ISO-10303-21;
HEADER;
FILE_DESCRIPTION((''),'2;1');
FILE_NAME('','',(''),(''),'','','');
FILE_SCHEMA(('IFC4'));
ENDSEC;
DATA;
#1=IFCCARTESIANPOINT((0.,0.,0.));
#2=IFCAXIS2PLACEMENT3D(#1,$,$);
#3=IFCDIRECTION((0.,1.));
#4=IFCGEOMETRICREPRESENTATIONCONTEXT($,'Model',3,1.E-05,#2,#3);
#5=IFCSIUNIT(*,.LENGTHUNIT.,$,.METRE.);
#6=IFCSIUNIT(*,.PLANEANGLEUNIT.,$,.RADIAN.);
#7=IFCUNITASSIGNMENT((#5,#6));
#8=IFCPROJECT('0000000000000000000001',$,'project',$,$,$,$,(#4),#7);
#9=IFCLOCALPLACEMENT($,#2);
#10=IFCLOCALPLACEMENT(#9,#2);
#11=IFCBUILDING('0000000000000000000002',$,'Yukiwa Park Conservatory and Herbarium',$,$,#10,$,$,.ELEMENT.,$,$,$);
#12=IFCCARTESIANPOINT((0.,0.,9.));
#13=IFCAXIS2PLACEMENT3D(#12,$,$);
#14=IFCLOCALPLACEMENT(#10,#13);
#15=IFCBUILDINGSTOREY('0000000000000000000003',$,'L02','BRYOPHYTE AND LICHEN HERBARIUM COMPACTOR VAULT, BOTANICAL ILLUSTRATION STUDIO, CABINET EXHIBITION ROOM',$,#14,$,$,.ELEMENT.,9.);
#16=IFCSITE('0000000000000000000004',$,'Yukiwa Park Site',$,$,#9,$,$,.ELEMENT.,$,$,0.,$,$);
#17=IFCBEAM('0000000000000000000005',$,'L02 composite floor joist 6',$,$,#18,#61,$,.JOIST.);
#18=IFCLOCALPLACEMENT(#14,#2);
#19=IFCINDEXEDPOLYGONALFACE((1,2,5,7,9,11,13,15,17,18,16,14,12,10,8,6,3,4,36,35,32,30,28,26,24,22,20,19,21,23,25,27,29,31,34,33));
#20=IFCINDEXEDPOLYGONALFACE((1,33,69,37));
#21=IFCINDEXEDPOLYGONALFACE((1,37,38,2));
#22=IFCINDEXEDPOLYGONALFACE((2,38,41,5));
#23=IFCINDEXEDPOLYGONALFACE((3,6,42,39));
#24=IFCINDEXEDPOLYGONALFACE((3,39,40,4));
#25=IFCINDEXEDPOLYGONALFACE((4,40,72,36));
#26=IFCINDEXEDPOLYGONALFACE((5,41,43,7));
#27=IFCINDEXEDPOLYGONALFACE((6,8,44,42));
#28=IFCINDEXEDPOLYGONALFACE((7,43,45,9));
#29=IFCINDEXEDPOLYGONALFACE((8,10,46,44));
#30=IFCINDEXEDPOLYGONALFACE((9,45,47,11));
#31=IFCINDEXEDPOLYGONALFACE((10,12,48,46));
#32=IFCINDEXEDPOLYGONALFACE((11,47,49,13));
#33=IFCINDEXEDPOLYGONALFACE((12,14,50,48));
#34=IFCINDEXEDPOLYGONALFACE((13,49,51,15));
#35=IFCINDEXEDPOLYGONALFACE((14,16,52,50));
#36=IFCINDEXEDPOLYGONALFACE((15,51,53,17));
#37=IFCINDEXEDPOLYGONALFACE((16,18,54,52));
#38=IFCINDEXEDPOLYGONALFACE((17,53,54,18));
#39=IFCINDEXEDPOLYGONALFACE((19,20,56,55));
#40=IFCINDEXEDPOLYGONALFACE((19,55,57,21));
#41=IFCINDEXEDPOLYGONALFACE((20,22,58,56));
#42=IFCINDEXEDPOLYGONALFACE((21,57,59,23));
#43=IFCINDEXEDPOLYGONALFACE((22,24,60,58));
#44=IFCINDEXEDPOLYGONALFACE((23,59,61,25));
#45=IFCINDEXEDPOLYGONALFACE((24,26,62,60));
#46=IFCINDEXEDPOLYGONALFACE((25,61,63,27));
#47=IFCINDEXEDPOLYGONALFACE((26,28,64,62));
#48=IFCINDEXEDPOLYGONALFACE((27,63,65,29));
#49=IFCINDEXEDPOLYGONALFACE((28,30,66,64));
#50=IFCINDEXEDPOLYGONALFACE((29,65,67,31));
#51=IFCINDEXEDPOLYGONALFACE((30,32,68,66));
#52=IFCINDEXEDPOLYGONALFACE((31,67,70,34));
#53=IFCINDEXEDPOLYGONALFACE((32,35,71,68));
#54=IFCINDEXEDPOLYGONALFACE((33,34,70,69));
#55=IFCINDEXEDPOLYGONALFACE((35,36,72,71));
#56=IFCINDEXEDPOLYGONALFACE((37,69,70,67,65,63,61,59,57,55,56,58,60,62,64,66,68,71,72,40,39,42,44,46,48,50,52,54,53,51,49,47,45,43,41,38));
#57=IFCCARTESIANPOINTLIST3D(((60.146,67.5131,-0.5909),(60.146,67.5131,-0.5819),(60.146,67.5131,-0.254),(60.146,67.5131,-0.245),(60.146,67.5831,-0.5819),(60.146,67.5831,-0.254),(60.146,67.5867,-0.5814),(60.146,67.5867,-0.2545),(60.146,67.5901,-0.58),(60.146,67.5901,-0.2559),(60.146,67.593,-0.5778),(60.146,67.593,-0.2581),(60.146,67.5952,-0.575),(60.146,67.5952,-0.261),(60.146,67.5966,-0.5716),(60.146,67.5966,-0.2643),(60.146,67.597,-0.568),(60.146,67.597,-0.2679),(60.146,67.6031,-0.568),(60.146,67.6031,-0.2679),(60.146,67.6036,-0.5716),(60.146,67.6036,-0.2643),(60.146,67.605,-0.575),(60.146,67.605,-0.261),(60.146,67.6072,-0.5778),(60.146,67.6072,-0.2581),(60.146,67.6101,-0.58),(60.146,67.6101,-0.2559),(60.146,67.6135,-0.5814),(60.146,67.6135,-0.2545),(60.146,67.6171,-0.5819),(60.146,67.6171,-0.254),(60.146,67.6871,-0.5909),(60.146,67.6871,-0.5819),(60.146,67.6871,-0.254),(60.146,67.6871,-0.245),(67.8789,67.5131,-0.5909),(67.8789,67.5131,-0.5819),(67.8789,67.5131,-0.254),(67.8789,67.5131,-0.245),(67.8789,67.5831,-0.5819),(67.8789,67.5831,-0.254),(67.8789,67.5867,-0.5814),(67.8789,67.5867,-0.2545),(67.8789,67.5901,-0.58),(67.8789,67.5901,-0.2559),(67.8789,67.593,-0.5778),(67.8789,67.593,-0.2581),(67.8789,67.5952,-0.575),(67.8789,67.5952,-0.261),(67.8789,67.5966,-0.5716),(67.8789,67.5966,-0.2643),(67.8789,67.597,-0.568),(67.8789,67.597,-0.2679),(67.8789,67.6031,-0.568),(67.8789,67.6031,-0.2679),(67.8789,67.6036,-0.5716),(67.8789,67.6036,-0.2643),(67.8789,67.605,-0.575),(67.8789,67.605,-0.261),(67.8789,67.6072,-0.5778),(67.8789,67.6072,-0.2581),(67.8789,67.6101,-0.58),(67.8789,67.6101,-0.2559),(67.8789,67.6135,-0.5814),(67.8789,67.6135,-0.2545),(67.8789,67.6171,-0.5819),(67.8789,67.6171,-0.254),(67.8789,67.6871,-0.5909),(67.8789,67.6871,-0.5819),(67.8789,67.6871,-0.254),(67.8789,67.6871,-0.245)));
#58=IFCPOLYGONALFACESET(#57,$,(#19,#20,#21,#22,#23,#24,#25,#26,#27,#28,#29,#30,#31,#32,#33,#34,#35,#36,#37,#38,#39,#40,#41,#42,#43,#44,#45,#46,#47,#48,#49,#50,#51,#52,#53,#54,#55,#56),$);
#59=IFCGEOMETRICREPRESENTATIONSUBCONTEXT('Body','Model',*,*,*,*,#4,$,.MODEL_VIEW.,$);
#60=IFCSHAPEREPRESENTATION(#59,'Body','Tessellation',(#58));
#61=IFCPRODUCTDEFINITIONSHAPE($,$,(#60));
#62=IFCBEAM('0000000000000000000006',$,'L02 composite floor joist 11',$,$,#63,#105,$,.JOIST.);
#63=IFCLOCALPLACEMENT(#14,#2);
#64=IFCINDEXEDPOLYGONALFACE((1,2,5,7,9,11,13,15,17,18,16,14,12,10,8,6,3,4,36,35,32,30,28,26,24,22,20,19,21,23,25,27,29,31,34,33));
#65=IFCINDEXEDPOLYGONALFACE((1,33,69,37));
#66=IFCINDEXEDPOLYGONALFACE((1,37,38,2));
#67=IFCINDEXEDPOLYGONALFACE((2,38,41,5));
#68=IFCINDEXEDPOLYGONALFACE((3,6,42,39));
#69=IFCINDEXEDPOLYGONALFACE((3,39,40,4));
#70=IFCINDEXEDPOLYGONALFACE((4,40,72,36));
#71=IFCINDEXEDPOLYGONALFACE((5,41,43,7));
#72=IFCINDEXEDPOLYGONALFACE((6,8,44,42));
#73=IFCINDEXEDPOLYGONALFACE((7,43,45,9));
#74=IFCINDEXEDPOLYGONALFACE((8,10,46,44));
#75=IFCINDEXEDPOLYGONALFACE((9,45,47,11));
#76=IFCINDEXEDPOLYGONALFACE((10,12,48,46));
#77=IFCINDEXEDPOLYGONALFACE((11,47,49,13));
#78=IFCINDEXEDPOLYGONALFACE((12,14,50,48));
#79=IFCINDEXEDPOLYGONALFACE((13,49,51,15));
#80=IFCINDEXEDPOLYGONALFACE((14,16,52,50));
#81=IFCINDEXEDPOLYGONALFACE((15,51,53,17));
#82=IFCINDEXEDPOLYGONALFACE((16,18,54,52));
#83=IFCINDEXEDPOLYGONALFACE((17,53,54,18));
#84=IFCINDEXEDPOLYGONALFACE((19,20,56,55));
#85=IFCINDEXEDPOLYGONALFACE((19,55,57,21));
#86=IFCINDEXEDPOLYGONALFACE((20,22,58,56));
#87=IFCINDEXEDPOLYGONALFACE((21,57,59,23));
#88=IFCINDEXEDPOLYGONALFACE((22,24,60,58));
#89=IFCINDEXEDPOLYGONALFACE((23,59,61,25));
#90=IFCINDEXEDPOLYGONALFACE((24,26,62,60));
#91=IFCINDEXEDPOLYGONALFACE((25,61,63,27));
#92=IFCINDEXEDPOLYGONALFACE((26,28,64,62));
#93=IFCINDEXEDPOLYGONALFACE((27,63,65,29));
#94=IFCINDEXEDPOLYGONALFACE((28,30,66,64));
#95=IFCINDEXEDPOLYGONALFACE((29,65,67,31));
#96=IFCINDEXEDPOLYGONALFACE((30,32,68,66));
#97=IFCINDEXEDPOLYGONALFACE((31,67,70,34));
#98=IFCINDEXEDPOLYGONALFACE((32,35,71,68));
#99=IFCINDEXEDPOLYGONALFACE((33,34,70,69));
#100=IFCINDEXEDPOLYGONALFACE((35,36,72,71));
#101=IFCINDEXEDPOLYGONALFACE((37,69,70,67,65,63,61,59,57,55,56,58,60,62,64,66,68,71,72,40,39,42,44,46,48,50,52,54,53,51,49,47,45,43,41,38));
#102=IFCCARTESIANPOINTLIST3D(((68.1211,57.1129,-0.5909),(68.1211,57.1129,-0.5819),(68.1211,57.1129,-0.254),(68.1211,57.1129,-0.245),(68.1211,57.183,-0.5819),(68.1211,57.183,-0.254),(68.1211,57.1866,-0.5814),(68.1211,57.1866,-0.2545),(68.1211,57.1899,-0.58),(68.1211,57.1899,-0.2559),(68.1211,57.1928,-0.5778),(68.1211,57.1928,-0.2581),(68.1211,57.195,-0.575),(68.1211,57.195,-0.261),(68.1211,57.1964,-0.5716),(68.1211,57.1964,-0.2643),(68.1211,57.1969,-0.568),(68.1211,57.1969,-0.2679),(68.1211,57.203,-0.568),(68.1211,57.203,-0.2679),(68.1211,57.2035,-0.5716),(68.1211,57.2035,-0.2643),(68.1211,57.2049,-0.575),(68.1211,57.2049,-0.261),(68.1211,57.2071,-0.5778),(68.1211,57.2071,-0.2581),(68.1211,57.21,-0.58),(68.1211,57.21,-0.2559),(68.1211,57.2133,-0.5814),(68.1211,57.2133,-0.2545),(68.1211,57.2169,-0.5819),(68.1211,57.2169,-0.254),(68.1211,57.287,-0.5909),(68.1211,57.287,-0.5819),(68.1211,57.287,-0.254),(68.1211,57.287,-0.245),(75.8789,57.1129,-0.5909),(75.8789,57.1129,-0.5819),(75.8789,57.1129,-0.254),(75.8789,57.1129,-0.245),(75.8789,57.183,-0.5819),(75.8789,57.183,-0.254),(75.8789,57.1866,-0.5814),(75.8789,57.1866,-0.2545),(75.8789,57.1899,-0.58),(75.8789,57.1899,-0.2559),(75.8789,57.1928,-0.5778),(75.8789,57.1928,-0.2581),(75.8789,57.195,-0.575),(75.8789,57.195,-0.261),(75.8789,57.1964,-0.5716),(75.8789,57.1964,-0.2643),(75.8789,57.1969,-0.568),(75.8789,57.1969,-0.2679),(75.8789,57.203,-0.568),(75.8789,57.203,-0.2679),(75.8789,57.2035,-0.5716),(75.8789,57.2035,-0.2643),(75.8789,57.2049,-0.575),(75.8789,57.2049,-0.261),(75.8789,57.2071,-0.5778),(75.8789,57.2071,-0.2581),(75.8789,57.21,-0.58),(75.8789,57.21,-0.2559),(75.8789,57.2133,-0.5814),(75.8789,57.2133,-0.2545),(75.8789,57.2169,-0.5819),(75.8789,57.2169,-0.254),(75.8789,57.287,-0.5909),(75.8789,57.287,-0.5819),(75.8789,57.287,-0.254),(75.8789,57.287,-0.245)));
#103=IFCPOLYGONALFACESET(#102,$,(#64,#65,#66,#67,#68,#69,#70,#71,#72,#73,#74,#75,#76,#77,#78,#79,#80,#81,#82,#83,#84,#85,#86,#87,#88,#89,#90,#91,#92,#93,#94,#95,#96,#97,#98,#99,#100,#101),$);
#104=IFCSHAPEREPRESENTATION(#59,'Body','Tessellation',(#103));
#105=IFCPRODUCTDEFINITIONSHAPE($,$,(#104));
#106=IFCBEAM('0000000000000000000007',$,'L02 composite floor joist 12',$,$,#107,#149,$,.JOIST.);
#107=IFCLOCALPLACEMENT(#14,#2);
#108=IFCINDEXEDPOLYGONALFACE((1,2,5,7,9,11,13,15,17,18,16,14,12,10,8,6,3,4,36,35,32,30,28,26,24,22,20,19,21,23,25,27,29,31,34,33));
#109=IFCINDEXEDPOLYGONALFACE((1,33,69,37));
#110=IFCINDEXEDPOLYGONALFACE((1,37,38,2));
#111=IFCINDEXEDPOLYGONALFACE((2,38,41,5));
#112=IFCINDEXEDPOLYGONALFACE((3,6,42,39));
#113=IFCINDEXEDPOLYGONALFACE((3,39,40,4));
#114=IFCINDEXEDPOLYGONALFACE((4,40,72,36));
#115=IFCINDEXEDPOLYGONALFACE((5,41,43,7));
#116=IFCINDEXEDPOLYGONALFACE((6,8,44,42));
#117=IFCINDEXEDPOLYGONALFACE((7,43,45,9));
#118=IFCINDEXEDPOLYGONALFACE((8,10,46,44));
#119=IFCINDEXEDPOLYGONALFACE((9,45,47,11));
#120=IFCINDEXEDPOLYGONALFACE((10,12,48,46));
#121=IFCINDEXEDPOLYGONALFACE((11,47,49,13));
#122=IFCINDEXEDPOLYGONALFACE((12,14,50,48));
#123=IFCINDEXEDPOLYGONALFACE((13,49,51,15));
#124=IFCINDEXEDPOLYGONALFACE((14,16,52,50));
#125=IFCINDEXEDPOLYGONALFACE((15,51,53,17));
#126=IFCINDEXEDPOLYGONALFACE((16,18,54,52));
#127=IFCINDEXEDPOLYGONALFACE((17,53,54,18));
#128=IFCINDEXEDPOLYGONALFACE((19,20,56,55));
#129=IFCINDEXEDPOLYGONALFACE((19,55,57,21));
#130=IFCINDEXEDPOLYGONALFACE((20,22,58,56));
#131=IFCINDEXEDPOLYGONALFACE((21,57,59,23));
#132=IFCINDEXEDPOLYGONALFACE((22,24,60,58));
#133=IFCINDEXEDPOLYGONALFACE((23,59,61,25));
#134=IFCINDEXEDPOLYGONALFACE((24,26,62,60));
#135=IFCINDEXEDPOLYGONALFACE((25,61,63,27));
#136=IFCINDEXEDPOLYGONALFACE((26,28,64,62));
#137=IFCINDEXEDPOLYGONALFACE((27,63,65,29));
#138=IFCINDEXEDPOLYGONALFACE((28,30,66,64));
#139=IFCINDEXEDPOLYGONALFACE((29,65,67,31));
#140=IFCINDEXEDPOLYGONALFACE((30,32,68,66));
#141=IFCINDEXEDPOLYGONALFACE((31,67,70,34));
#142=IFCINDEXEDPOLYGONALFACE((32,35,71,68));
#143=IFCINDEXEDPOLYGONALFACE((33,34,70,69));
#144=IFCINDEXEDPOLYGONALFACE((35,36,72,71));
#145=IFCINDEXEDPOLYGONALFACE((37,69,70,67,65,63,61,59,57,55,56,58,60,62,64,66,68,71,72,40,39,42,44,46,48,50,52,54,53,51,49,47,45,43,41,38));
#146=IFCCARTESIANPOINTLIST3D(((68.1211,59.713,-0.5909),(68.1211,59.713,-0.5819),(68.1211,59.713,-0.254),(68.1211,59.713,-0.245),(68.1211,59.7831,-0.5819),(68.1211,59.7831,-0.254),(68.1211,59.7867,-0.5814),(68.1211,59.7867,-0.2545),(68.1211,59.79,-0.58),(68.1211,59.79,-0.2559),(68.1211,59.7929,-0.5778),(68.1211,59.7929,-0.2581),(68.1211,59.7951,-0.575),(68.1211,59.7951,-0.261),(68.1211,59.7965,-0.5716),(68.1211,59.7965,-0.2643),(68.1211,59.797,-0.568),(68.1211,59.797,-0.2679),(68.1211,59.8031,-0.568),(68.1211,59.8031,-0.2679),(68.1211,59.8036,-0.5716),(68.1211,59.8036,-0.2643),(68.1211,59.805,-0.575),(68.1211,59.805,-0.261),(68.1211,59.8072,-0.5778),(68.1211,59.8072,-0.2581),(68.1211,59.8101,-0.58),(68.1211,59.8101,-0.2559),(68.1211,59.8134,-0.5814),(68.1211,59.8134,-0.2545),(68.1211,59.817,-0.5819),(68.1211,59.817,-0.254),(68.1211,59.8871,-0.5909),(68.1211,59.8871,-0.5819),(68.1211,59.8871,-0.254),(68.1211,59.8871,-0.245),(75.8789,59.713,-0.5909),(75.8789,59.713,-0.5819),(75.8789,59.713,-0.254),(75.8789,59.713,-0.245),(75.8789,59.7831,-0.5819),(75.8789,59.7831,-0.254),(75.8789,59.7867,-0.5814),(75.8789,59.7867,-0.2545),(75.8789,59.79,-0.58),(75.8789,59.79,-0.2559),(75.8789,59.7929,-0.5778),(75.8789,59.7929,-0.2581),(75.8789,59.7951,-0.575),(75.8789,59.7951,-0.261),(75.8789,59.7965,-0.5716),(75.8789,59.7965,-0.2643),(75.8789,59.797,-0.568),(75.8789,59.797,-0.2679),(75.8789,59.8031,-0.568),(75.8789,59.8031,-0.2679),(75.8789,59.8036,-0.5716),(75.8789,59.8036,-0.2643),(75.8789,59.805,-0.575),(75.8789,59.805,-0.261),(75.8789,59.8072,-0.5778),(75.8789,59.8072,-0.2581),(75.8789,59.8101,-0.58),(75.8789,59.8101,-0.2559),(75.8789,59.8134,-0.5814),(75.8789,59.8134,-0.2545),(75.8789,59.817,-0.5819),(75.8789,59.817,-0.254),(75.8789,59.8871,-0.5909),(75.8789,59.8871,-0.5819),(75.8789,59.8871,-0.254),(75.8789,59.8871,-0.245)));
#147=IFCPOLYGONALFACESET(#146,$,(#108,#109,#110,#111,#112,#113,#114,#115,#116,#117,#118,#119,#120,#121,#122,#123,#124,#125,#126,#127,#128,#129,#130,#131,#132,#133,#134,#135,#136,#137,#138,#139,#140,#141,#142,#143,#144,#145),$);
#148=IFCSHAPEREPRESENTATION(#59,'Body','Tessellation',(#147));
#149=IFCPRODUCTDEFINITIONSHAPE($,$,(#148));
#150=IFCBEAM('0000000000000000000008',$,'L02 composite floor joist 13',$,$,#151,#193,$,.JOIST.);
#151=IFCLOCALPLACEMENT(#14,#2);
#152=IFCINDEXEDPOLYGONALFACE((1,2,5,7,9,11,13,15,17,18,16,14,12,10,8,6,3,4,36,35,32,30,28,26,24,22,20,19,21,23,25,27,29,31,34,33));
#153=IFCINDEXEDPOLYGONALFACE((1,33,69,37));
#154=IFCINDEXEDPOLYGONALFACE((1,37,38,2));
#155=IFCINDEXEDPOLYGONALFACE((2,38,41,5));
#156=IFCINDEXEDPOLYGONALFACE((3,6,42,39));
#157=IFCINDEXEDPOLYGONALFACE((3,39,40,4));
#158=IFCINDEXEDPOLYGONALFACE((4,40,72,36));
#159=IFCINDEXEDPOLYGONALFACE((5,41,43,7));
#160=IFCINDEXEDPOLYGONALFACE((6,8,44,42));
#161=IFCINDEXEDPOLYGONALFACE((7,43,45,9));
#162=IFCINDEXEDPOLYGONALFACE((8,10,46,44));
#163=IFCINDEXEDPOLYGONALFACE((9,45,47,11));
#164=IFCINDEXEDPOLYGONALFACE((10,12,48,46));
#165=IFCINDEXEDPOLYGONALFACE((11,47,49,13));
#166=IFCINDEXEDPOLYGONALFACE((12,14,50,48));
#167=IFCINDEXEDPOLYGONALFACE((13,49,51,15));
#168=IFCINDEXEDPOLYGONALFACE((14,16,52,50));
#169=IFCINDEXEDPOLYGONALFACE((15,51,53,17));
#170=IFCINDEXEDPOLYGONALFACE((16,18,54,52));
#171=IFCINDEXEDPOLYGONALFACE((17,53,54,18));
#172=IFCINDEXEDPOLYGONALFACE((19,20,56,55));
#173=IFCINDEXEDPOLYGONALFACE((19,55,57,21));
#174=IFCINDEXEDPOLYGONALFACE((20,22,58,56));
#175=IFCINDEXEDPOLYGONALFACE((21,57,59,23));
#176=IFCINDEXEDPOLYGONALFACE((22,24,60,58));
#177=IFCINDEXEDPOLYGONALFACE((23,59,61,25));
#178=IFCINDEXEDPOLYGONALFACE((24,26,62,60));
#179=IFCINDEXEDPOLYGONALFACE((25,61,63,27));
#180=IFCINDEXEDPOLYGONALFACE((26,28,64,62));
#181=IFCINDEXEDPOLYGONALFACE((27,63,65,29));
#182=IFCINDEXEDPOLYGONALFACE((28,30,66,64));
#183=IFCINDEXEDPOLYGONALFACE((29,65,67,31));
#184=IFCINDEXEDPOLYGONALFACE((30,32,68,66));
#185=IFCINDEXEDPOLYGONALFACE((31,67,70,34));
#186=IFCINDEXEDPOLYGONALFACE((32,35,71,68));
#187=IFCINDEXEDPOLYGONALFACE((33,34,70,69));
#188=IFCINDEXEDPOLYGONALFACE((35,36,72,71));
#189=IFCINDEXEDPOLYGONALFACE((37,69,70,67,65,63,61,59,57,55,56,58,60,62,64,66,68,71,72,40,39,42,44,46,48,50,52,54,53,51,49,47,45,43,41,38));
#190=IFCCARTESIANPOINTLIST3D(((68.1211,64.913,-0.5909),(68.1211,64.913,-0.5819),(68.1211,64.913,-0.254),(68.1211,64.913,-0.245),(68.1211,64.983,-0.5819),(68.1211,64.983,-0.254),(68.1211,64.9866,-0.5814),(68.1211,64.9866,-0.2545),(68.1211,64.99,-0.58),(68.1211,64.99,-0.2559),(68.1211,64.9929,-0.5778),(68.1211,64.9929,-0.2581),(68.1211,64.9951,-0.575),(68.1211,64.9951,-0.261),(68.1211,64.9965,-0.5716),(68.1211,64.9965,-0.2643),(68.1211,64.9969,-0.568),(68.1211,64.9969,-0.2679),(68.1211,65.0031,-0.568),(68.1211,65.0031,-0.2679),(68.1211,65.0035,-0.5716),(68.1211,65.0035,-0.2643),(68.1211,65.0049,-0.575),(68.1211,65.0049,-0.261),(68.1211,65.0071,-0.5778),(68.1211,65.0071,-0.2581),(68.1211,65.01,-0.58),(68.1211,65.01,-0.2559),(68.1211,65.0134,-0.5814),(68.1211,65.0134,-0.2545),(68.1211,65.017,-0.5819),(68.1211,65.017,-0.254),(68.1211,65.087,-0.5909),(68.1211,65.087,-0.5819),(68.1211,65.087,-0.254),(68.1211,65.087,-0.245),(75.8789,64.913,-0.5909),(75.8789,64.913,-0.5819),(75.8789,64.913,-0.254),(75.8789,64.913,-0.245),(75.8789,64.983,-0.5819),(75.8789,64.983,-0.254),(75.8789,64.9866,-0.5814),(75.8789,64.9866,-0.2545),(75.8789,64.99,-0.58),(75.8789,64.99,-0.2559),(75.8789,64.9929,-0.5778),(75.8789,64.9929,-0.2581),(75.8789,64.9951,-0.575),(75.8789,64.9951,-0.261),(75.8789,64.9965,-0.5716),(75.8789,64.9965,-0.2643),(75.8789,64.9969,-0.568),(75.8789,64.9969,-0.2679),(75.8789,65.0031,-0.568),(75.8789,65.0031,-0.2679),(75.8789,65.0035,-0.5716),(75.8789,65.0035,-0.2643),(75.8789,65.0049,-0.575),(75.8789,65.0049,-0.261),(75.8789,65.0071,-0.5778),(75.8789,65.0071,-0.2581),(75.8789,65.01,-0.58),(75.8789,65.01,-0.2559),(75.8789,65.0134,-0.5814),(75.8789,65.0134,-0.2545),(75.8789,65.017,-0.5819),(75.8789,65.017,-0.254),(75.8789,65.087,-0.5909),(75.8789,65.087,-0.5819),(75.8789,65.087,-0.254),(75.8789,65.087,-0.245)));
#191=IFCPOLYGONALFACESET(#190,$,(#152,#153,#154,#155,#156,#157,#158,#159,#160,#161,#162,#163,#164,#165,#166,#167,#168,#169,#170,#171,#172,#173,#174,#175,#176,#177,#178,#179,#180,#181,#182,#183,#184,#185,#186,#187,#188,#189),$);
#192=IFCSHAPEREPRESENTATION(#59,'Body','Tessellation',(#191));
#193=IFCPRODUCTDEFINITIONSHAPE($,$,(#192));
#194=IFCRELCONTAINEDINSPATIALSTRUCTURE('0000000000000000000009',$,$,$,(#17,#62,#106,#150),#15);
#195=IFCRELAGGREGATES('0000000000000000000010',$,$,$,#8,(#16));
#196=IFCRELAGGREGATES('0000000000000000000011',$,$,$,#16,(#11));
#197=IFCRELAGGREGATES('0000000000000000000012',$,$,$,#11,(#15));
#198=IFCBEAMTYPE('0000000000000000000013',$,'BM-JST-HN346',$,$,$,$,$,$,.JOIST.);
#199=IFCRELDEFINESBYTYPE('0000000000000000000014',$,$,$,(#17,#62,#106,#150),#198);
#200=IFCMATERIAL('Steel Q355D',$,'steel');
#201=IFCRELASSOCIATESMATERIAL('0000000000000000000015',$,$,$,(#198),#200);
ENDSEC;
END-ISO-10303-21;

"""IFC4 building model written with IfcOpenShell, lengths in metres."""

from ifc_helpers import new_model, si_unit, direction, frame, origin, origin_2d, place, context, subcontext, project, spatial, i_section, extrude, material, material_profile, profile_set, type_object, element, save


model = new_model("IFC4")

# Units and contexts
model_context = context("Model", 3, precision=1e-05, world=origin(), true_north=direction((0.0, 1.0)))
body_context = subcontext(model_context, "Body", "Model", "MODEL_VIEW")
ifc_project = project(units=[si_unit("LENGTHUNIT", "METRE"), si_unit("PLANEANGLEUNIT", "RADIAN")], contexts=[model_context])

# Site, building, storey
site_placement = place(None, origin())
site = spatial("IfcSite", under=ifc_project, at=site_placement, Name="Yukiwa Park Site", CompositionType="ELEMENT", RefElevation=0.0)
building_placement = place(site_placement, origin())
building = spatial("IfcBuilding", under=site, at=building_placement, Name="Yukiwa Park Conservatory and Herbarium", CompositionType="ELEMENT")
storey_placement = place(building_placement, frame((0.0, 0.0, 9.0)))
storey = spatial("IfcBuildingStorey", under=building, at=storey_placement, Name="L02", Description="BRYOPHYTE AND LICHEN HERBARIUM COMPACTOR VAULT, BOTANICAL ILLUSTRATION STUDIO, CABINET EXHIBITION ROOM", CompositionType="ELEMENT", Elevation=9.0)

# Beams
ifc_material_1 = material(Name="Steel Q355D", Category="steel")
ifc_material_profile_1 = material_profile(ifc_material_1, i_section(OverallWidth=0.1741, OverallDepth=0.3459, WebThickness=0.0061, FlangeThickness=0.009, FilletRadius=0.0139, at=origin_2d()), Name="HN 346x174x6x9")
ifc_profile_set_1 = profile_set([ifc_material_profile_1], Name="Steel Q355D")
beam_type_1 = type_object("IfcBeamType", Name="BM-JST-HN346", PredefinedType="JOIST", material=ifc_profile_set_1)
for number, where, z_axis, x_axis, name in (
    (1, (60.146, 67.6001, -0.418), (1.0, 0.0, 0.0), (0.0, 1.0, 0.0), "L02 composite floor joist 6"),
):
    element("IfcBeam", number, at=place(storey_placement, frame(where, z_axis=z_axis, x_axis=x_axis)), inside=storey, type_object=beam_type_1, Name=name, PredefinedType="JOIST", context=body_context, shape_type="SweptSolid", body=[
        extrude(i_section(OverallWidth=0.1741, OverallDepth=0.3459, WebThickness=0.0061, FlangeThickness=0.009, FilletRadius=0.0139, at=origin_2d()), origin(), (0.0, 0.0, 1.0), 7.7329),
    ])
for number, where, z_axis, x_axis, name in (
    (2, (68.1211, 57.2, -0.418), (1.0, 0.0, 0.0), (0.0, 1.0, 0.0), "L02 composite floor joist 11"),
    (3, (68.1211, 59.8, -0.418), (1.0, 0.0, 0.0), (0.0, 1.0, 0.0), "L02 composite floor joist 12"),
    (4, (68.1211, 65.0, -0.418), (1.0, 0.0, 0.0), (0.0, 1.0, 0.0), "L02 composite floor joist 13"),
):
    element("IfcBeam", number, at=place(storey_placement, frame(where, z_axis=z_axis, x_axis=x_axis)), inside=storey, type_object=beam_type_1, Name=name, PredefinedType="JOIST", context=body_context, shape_type="SweptSolid", body=[
        extrude(i_section(OverallWidth=0.1741, OverallDepth=0.3459, WebThickness=0.0061, FlangeThickness=0.009, FilletRadius=0.0139, at=origin_2d()), origin(), (0.0, 0.0, 1.0), 7.7578),
    ])

save(model, "model.ifc")
